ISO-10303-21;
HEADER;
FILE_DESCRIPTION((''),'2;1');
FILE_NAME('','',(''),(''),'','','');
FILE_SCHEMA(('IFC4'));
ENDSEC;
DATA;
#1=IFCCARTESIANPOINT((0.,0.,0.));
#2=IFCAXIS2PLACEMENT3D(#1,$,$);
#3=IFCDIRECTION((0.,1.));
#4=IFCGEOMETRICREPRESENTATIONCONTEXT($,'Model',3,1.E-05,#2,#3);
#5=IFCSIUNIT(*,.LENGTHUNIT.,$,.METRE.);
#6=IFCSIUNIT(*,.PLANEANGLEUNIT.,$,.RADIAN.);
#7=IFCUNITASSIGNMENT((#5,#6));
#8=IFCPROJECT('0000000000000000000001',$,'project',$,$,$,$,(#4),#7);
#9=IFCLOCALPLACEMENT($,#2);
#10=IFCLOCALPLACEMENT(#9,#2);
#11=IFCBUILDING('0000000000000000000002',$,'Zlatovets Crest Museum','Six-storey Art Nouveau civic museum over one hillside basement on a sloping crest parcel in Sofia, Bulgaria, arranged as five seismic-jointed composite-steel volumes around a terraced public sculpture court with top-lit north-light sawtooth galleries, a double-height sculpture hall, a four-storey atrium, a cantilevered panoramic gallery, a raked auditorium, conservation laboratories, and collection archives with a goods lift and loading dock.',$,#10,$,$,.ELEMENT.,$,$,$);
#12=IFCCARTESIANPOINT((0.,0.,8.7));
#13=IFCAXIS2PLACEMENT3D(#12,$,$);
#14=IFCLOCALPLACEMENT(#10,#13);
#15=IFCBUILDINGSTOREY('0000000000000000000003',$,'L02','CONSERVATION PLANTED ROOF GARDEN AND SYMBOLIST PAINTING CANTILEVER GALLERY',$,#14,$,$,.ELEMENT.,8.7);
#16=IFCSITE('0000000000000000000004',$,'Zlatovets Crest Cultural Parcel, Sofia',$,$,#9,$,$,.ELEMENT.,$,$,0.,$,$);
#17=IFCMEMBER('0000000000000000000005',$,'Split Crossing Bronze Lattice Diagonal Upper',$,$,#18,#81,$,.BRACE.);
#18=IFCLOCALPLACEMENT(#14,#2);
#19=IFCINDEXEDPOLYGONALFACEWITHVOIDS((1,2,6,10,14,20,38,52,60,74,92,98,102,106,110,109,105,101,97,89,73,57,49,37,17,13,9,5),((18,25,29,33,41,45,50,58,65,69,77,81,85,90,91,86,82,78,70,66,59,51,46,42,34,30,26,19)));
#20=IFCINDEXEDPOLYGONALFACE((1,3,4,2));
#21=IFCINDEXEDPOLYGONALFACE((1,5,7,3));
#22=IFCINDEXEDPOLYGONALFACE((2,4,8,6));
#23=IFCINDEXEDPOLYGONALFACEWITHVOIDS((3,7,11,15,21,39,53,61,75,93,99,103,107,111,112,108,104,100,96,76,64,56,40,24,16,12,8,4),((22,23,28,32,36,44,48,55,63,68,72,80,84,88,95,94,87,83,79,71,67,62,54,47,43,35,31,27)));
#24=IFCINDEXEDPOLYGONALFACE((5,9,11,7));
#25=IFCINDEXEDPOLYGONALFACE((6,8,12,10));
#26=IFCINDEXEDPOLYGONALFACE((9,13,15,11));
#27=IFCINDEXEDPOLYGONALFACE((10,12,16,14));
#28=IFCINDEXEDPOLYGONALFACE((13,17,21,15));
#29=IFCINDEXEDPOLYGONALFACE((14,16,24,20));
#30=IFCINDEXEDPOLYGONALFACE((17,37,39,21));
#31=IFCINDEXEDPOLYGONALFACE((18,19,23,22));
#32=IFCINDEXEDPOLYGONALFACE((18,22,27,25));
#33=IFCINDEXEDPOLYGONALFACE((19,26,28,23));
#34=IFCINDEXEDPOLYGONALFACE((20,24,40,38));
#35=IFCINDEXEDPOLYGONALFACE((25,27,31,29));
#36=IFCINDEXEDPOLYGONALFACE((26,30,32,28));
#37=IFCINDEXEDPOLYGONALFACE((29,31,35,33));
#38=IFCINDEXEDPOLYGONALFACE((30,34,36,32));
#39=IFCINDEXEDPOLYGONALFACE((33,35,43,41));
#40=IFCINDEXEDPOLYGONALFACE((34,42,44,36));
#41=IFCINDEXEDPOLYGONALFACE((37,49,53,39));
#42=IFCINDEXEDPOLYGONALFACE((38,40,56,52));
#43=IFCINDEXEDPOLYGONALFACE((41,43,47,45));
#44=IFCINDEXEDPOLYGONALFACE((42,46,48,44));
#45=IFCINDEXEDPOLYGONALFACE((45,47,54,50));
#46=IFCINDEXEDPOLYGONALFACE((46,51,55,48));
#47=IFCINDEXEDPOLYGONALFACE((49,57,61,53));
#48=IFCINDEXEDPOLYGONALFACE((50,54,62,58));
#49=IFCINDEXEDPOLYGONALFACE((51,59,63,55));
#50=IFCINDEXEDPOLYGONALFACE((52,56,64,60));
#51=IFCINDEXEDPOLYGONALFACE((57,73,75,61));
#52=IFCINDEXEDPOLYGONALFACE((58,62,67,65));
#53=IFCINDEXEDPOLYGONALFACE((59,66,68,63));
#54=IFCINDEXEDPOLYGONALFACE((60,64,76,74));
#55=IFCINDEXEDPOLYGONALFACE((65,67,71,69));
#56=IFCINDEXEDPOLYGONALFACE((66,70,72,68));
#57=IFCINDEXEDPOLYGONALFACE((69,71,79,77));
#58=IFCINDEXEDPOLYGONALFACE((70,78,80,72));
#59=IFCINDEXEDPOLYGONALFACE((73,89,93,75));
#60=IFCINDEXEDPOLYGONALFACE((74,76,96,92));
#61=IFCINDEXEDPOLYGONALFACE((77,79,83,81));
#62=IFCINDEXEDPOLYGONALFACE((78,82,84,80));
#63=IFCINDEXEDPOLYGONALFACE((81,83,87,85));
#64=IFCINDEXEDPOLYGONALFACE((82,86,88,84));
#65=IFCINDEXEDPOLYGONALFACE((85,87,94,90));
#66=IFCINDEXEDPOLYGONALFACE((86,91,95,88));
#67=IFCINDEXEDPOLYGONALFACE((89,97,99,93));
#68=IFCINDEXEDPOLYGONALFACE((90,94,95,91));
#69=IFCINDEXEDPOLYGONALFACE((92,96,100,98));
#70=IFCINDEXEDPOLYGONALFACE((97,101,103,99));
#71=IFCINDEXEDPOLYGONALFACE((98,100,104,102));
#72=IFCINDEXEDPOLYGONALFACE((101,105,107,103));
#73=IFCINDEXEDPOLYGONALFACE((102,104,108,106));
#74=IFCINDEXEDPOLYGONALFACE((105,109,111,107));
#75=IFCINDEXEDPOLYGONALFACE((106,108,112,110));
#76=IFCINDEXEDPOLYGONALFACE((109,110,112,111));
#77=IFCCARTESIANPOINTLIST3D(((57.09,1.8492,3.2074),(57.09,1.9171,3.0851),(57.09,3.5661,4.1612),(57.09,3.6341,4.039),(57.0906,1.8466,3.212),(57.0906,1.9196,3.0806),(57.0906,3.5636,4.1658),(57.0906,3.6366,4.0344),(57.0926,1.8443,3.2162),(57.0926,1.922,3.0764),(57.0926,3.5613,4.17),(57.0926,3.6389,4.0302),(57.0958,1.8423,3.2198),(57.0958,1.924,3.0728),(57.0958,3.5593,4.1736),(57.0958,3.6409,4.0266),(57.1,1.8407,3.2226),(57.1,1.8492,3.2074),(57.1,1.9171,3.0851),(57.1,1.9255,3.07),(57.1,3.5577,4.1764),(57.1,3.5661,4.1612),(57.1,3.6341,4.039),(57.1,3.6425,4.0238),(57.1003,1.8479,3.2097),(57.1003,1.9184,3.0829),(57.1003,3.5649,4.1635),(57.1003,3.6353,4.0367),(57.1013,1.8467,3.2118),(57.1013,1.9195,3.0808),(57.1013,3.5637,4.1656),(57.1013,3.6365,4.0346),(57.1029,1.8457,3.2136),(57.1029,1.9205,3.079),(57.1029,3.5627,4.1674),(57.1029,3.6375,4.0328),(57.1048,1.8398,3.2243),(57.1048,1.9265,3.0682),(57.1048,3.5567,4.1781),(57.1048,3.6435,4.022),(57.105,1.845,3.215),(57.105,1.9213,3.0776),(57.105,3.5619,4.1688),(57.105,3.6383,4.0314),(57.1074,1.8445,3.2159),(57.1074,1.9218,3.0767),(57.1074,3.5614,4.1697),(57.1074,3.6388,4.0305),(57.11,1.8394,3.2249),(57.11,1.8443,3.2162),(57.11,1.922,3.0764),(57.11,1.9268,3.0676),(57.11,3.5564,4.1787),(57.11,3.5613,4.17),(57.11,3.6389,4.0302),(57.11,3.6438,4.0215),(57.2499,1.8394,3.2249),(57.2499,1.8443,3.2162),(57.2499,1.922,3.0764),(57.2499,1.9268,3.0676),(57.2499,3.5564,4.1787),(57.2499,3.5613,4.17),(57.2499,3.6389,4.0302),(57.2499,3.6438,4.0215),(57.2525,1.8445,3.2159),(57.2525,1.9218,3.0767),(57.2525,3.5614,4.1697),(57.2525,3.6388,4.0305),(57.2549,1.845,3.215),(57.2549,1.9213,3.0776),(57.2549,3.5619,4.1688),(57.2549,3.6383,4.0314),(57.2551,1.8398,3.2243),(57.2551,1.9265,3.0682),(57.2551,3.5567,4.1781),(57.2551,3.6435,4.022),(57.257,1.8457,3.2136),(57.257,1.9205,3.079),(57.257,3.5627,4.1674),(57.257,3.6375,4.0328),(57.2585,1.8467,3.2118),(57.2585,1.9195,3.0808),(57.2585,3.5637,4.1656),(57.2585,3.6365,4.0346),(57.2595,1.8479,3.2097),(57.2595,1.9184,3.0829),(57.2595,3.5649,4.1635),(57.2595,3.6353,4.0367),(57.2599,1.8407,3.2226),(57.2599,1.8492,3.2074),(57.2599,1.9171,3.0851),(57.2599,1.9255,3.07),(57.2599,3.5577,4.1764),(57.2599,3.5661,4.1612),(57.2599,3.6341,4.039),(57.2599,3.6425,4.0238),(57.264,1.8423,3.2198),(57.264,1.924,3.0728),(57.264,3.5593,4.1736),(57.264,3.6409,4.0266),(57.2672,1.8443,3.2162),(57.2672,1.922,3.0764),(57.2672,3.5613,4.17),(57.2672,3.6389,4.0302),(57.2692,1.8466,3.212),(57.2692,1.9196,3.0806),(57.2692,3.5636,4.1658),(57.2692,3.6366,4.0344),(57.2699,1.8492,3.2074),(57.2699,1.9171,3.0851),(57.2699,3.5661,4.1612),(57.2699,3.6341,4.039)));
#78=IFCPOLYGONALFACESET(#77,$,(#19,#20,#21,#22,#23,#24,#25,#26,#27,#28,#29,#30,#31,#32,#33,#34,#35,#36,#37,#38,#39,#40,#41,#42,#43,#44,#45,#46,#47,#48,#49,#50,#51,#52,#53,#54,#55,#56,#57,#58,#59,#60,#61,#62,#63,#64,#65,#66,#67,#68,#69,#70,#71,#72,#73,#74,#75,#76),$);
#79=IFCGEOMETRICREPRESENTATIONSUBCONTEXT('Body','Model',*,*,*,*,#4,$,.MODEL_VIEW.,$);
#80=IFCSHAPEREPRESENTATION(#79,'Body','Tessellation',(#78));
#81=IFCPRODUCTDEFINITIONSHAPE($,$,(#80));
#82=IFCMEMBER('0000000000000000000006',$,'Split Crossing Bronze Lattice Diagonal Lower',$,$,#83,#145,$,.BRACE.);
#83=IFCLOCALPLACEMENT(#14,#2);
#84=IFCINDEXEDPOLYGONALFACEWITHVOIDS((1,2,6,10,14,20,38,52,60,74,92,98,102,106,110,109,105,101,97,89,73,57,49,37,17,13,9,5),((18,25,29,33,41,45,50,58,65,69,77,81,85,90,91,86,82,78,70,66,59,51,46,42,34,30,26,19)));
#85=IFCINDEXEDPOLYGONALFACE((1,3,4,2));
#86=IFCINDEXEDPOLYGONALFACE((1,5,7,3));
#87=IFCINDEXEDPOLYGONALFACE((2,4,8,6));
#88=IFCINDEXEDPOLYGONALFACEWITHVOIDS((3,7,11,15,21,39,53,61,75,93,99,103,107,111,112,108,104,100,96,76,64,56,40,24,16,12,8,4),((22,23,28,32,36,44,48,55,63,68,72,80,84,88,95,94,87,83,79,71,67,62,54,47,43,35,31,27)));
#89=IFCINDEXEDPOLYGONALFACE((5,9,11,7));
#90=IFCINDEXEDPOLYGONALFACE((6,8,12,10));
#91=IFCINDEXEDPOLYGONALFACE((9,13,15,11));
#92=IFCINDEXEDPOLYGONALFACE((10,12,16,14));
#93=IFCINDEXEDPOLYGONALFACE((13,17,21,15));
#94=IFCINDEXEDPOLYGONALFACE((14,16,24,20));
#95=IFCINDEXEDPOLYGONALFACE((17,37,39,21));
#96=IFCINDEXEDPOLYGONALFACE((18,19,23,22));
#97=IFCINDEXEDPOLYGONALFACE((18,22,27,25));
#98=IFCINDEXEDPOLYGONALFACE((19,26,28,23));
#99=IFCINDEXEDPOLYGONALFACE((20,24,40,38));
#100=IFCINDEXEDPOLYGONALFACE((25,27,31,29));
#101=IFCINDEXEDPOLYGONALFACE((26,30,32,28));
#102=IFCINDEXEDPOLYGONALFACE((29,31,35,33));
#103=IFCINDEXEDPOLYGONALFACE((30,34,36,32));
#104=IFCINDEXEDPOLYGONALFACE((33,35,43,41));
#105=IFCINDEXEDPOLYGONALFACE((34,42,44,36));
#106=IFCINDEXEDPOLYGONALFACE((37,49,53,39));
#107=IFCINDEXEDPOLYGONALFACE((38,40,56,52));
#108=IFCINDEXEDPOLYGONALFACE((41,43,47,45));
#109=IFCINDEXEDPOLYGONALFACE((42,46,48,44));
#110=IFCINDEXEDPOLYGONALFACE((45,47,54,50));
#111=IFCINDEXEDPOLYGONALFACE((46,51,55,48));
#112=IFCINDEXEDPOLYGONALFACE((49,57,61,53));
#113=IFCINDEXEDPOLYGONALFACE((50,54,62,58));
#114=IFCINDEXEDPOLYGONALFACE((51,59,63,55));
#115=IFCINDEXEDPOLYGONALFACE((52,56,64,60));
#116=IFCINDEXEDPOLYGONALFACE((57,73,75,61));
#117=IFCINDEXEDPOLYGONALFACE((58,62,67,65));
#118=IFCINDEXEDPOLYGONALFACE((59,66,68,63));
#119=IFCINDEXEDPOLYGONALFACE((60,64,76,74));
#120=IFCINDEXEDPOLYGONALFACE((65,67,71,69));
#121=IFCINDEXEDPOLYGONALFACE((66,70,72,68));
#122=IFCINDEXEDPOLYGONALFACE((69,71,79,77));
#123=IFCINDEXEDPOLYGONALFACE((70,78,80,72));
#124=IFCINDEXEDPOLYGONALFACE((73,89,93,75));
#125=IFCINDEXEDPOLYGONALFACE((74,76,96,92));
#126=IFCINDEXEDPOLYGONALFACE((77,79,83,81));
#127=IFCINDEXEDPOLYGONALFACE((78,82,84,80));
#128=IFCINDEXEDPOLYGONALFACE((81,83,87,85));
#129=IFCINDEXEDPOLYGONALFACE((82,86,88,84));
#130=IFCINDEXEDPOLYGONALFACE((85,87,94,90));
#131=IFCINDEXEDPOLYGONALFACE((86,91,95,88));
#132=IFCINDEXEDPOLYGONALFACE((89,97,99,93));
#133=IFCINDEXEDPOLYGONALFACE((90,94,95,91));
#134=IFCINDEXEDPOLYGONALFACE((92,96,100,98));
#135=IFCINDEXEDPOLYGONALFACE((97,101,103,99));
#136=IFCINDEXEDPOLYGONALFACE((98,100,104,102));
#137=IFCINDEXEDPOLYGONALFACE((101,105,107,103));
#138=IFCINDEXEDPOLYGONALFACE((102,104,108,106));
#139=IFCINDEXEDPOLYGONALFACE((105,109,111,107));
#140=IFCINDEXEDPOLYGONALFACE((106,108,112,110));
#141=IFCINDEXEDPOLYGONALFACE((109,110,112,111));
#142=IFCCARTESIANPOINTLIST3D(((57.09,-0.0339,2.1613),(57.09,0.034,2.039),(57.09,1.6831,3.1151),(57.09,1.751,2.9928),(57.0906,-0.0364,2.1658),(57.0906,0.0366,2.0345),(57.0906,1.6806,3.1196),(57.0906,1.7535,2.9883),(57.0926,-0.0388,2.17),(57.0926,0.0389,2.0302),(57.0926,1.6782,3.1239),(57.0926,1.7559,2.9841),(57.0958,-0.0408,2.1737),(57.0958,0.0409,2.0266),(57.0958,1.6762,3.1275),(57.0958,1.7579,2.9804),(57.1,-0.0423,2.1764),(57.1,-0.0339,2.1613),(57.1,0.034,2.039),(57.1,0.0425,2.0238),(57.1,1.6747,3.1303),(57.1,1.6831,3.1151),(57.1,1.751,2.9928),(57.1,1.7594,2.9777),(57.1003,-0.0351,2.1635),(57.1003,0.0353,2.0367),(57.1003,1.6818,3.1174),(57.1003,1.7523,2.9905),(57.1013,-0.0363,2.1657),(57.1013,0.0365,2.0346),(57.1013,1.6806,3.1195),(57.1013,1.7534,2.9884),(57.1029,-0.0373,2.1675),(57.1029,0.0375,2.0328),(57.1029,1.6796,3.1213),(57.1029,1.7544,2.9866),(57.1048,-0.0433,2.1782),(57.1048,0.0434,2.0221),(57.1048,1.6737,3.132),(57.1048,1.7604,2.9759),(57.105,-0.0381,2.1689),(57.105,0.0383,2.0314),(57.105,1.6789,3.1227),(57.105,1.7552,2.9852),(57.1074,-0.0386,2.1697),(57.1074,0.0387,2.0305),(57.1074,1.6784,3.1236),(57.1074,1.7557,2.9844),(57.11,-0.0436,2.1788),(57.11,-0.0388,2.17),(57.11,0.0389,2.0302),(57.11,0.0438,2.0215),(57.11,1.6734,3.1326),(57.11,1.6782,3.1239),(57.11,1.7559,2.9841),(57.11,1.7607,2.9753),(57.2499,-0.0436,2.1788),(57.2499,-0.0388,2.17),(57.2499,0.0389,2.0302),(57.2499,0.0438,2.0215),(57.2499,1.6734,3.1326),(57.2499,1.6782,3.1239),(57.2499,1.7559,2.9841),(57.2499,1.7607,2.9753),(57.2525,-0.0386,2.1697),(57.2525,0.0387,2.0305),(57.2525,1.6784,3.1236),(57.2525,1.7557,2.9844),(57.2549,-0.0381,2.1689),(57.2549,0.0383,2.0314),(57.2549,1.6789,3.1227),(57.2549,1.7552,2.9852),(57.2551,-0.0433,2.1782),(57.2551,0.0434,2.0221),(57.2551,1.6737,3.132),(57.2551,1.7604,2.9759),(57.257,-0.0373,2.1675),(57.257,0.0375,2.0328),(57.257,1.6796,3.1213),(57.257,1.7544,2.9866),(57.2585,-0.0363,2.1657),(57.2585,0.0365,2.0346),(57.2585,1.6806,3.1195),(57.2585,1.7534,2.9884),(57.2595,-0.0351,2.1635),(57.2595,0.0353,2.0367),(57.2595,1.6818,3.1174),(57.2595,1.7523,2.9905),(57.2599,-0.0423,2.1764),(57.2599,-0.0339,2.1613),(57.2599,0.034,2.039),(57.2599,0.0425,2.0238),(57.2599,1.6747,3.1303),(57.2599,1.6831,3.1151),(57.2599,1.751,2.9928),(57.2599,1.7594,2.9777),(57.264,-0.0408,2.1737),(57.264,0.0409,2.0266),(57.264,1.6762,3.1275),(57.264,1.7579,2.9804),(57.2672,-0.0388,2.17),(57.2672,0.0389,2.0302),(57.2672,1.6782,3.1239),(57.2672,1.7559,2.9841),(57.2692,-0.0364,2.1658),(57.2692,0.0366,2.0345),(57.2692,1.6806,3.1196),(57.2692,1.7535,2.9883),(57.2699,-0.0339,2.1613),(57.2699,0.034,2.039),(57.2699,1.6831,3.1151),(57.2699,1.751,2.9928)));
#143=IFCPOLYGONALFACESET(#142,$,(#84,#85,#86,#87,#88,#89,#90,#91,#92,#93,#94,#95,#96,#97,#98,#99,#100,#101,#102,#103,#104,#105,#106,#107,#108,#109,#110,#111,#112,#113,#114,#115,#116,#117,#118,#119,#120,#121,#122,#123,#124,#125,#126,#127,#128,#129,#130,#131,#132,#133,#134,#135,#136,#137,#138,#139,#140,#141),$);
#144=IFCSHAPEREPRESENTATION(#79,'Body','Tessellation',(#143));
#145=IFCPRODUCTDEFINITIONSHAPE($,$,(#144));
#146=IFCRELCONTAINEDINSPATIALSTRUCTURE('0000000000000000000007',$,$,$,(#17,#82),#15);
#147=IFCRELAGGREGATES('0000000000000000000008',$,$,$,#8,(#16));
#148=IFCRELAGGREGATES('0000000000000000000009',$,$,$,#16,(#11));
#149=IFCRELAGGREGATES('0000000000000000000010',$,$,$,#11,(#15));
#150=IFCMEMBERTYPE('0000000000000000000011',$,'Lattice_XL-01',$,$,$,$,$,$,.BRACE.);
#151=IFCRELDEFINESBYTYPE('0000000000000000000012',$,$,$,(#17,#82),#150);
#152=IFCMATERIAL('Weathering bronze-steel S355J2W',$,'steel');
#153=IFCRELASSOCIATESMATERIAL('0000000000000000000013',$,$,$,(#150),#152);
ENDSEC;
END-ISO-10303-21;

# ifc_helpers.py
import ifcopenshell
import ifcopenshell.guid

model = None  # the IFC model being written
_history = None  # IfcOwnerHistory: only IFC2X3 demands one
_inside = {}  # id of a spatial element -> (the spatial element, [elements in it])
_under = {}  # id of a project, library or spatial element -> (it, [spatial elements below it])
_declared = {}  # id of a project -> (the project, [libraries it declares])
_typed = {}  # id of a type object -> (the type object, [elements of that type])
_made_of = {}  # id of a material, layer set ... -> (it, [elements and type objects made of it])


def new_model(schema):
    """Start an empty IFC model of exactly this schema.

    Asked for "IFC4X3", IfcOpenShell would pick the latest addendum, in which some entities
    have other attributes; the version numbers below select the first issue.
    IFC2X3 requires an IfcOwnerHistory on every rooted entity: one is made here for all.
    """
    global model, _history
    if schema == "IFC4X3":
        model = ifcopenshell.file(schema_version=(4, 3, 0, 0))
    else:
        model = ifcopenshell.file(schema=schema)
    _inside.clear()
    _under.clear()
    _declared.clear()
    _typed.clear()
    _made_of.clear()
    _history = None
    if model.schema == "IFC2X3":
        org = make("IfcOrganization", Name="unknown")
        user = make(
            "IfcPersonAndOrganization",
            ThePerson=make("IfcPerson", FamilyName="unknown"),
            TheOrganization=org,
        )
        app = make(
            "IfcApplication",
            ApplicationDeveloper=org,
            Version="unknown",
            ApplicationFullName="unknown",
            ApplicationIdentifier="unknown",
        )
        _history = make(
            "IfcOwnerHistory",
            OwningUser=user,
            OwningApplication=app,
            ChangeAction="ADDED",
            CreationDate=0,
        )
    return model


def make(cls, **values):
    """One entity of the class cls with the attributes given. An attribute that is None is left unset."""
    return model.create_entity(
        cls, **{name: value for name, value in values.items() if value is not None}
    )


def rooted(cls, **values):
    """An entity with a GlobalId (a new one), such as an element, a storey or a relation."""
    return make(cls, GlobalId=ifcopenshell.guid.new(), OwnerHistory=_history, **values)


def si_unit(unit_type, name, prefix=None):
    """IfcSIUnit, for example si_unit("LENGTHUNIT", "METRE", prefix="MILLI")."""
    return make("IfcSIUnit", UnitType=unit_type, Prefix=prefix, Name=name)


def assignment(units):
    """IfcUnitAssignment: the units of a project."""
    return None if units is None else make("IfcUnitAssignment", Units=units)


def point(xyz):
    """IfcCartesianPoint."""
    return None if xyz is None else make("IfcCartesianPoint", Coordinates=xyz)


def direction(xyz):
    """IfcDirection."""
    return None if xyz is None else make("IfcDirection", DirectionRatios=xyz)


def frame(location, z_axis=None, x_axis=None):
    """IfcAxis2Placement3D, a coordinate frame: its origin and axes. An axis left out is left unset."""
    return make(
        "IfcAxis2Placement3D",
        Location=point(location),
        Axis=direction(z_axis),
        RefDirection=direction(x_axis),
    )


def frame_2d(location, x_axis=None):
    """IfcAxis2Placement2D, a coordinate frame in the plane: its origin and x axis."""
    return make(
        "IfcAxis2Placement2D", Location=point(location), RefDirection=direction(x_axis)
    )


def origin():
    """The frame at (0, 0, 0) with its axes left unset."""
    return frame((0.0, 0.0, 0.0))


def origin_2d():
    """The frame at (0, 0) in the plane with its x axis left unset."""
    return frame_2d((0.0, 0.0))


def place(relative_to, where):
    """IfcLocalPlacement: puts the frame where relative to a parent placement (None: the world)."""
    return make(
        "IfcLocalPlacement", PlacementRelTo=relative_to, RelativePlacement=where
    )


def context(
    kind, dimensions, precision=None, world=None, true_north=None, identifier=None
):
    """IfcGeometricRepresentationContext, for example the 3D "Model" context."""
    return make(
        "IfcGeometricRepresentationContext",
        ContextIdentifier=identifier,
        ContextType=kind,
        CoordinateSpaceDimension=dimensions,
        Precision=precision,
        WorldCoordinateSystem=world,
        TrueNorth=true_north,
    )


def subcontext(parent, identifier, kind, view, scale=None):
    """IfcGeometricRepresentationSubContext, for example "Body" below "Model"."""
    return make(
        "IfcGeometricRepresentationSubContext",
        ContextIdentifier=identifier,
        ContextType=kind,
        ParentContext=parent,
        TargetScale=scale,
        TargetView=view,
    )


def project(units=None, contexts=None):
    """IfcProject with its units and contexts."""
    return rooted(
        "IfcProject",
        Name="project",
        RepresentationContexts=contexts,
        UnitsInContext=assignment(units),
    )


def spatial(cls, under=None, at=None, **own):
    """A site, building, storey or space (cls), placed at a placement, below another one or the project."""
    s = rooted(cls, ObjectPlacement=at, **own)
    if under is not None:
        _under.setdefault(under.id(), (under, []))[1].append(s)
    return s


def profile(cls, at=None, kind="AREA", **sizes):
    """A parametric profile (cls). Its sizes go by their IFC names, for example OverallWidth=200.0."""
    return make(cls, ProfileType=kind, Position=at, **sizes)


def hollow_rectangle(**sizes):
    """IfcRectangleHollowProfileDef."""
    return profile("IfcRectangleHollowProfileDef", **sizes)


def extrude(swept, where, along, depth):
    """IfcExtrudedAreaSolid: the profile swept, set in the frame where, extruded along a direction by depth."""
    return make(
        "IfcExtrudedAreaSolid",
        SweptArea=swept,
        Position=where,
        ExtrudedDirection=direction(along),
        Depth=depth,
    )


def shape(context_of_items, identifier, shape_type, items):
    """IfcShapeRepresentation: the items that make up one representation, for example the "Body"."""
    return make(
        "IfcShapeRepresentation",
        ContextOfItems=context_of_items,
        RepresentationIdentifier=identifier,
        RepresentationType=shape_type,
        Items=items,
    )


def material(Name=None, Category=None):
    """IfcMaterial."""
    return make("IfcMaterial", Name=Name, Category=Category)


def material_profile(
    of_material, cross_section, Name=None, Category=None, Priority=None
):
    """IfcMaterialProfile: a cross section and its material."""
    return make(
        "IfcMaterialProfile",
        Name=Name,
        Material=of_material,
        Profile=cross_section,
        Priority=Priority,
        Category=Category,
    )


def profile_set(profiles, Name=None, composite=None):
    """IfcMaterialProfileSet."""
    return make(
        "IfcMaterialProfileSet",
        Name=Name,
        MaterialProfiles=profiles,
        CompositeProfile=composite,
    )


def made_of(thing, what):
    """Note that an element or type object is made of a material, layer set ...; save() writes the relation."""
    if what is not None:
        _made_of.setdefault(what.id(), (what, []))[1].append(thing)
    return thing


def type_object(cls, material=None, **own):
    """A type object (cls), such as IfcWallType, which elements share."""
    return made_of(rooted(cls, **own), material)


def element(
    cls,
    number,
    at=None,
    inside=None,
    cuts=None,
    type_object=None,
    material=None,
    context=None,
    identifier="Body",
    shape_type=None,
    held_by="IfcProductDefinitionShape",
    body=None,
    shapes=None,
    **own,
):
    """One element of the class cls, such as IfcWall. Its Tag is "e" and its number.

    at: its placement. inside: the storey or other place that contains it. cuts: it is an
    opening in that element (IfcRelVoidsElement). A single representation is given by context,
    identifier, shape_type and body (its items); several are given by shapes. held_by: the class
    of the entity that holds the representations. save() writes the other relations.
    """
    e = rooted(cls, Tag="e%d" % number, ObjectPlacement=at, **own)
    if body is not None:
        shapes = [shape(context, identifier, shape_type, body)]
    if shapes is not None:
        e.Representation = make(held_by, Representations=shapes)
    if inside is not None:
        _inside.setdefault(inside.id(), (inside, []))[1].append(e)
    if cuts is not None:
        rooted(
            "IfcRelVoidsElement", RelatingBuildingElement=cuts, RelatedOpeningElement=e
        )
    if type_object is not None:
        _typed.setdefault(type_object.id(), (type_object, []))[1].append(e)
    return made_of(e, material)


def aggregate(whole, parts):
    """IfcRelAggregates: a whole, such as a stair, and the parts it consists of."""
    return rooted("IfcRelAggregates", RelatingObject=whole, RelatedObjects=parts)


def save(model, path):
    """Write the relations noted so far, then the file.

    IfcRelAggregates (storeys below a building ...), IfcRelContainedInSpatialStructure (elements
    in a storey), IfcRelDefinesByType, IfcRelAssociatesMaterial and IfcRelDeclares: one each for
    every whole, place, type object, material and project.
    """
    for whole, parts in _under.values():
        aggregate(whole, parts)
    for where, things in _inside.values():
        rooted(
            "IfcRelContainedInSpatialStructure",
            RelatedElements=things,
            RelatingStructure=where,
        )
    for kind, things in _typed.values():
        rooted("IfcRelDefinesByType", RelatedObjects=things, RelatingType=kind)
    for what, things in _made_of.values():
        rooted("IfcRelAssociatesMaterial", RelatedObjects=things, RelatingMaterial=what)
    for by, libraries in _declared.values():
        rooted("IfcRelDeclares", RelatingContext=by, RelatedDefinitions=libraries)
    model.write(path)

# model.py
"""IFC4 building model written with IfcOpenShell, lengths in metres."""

from ifc_helpers import new_model, si_unit, direction, frame, origin, origin_2d, place, context, subcontext, project, spatial, hollow_rectangle, extrude, material, material_profile, profile_set, type_object, element, save


model = new_model("IFC4")

# Units and contexts
model_context = context("Model", 3, precision=1e-05, world=origin(), true_north=direction((0.0, 1.0)))
body_context = subcontext(model_context, "Body", "Model", "MODEL_VIEW")
ifc_project = project(units=[si_unit("LENGTHUNIT", "METRE"), si_unit("PLANEANGLEUNIT", "RADIAN")], contexts=[model_context])

# Site, building, storey
site_placement = place(None, origin())
site = spatial("IfcSite", under=ifc_project, at=site_placement, Name="Zlatovets Crest Cultural Parcel, Sofia", CompositionType="ELEMENT", RefElevation=0.0)
building_placement = place(site_placement, origin())
building = spatial("IfcBuilding", under=site, at=building_placement, Name="Zlatovets Crest Museum", Description="Six-storey Art Nouveau civic museum over one hillside basement on a sloping crest parcel in Sofia, Bulgaria, arranged as five seismic-jointed composite-steel volumes around a terraced public sculpture court with top-lit north-light sawtooth galleries, a double-height sculpture hall, a four-storey atrium, a cantilevered panoramic gallery, a raked auditorium, conservation laboratories, and collection archives with a goods lift and loading dock.", CompositionType="ELEMENT")
storey_placement = place(building_placement, frame((0.0, 0.0, 8.7)))
storey = spatial("IfcBuildingStorey", under=building, at=storey_placement, Name="L02", Description="CONSERVATION PLANTED ROOF GARDEN AND SYMBOLIST PAINTING CANTILEVER GALLERY", CompositionType="ELEMENT", Elevation=8.7)

# Members
ifc_material_1 = material(Name="Weathering bronze-steel S355J2W", Category="steel")
ifc_material_profile_1 = material_profile(ifc_material_1, hollow_rectangle(XDim=0.1799, YDim=0.1799, WallThickness=0.01, InnerFilletRadius=0.01, OuterFilletRadius=0.02, at=origin_2d()), Name="SHS 180x180x10.0")
ifc_profile_set_1 = profile_set([ifc_material_profile_1], Name="Weathering bronze-steel S355J2W")
member_type_1 = type_object("IfcMemberType", Name="Lattice_XL-01", PredefinedType="BRACE", material=ifc_profile_set_1)
for number, where, z_axis, x_axis, name in (
    (1, (57.1799, 3.6001, 4.1001), (0.0, -0.874169, -0.485622), (1.0, 0.0, 0.0), "Split Crossing Bronze Lattice Diagonal Upper"),
    (2, (57.1799, 1.717, 3.054), (0.0, -0.874169, -0.485622), (1.0, 0.0, 0.0), "Split Crossing Bronze Lattice Diagonal Lower"),
):
    element("IfcMember", number, at=place(storey_placement, frame(where, z_axis=z_axis, x_axis=x_axis)), inside=storey, type_object=member_type_1, Name=name, PredefinedType="BRACE", context=body_context, shape_type="SweptSolid", body=[
        extrude(hollow_rectangle(XDim=0.1799, YDim=0.1799, WallThickness=0.01, InnerFilletRadius=0.01, OuterFilletRadius=0.02, at=origin_2d()), origin(), (0.0, 0.0, 1.0), 1.9641),
    ])

save(model, "model.ifc")
